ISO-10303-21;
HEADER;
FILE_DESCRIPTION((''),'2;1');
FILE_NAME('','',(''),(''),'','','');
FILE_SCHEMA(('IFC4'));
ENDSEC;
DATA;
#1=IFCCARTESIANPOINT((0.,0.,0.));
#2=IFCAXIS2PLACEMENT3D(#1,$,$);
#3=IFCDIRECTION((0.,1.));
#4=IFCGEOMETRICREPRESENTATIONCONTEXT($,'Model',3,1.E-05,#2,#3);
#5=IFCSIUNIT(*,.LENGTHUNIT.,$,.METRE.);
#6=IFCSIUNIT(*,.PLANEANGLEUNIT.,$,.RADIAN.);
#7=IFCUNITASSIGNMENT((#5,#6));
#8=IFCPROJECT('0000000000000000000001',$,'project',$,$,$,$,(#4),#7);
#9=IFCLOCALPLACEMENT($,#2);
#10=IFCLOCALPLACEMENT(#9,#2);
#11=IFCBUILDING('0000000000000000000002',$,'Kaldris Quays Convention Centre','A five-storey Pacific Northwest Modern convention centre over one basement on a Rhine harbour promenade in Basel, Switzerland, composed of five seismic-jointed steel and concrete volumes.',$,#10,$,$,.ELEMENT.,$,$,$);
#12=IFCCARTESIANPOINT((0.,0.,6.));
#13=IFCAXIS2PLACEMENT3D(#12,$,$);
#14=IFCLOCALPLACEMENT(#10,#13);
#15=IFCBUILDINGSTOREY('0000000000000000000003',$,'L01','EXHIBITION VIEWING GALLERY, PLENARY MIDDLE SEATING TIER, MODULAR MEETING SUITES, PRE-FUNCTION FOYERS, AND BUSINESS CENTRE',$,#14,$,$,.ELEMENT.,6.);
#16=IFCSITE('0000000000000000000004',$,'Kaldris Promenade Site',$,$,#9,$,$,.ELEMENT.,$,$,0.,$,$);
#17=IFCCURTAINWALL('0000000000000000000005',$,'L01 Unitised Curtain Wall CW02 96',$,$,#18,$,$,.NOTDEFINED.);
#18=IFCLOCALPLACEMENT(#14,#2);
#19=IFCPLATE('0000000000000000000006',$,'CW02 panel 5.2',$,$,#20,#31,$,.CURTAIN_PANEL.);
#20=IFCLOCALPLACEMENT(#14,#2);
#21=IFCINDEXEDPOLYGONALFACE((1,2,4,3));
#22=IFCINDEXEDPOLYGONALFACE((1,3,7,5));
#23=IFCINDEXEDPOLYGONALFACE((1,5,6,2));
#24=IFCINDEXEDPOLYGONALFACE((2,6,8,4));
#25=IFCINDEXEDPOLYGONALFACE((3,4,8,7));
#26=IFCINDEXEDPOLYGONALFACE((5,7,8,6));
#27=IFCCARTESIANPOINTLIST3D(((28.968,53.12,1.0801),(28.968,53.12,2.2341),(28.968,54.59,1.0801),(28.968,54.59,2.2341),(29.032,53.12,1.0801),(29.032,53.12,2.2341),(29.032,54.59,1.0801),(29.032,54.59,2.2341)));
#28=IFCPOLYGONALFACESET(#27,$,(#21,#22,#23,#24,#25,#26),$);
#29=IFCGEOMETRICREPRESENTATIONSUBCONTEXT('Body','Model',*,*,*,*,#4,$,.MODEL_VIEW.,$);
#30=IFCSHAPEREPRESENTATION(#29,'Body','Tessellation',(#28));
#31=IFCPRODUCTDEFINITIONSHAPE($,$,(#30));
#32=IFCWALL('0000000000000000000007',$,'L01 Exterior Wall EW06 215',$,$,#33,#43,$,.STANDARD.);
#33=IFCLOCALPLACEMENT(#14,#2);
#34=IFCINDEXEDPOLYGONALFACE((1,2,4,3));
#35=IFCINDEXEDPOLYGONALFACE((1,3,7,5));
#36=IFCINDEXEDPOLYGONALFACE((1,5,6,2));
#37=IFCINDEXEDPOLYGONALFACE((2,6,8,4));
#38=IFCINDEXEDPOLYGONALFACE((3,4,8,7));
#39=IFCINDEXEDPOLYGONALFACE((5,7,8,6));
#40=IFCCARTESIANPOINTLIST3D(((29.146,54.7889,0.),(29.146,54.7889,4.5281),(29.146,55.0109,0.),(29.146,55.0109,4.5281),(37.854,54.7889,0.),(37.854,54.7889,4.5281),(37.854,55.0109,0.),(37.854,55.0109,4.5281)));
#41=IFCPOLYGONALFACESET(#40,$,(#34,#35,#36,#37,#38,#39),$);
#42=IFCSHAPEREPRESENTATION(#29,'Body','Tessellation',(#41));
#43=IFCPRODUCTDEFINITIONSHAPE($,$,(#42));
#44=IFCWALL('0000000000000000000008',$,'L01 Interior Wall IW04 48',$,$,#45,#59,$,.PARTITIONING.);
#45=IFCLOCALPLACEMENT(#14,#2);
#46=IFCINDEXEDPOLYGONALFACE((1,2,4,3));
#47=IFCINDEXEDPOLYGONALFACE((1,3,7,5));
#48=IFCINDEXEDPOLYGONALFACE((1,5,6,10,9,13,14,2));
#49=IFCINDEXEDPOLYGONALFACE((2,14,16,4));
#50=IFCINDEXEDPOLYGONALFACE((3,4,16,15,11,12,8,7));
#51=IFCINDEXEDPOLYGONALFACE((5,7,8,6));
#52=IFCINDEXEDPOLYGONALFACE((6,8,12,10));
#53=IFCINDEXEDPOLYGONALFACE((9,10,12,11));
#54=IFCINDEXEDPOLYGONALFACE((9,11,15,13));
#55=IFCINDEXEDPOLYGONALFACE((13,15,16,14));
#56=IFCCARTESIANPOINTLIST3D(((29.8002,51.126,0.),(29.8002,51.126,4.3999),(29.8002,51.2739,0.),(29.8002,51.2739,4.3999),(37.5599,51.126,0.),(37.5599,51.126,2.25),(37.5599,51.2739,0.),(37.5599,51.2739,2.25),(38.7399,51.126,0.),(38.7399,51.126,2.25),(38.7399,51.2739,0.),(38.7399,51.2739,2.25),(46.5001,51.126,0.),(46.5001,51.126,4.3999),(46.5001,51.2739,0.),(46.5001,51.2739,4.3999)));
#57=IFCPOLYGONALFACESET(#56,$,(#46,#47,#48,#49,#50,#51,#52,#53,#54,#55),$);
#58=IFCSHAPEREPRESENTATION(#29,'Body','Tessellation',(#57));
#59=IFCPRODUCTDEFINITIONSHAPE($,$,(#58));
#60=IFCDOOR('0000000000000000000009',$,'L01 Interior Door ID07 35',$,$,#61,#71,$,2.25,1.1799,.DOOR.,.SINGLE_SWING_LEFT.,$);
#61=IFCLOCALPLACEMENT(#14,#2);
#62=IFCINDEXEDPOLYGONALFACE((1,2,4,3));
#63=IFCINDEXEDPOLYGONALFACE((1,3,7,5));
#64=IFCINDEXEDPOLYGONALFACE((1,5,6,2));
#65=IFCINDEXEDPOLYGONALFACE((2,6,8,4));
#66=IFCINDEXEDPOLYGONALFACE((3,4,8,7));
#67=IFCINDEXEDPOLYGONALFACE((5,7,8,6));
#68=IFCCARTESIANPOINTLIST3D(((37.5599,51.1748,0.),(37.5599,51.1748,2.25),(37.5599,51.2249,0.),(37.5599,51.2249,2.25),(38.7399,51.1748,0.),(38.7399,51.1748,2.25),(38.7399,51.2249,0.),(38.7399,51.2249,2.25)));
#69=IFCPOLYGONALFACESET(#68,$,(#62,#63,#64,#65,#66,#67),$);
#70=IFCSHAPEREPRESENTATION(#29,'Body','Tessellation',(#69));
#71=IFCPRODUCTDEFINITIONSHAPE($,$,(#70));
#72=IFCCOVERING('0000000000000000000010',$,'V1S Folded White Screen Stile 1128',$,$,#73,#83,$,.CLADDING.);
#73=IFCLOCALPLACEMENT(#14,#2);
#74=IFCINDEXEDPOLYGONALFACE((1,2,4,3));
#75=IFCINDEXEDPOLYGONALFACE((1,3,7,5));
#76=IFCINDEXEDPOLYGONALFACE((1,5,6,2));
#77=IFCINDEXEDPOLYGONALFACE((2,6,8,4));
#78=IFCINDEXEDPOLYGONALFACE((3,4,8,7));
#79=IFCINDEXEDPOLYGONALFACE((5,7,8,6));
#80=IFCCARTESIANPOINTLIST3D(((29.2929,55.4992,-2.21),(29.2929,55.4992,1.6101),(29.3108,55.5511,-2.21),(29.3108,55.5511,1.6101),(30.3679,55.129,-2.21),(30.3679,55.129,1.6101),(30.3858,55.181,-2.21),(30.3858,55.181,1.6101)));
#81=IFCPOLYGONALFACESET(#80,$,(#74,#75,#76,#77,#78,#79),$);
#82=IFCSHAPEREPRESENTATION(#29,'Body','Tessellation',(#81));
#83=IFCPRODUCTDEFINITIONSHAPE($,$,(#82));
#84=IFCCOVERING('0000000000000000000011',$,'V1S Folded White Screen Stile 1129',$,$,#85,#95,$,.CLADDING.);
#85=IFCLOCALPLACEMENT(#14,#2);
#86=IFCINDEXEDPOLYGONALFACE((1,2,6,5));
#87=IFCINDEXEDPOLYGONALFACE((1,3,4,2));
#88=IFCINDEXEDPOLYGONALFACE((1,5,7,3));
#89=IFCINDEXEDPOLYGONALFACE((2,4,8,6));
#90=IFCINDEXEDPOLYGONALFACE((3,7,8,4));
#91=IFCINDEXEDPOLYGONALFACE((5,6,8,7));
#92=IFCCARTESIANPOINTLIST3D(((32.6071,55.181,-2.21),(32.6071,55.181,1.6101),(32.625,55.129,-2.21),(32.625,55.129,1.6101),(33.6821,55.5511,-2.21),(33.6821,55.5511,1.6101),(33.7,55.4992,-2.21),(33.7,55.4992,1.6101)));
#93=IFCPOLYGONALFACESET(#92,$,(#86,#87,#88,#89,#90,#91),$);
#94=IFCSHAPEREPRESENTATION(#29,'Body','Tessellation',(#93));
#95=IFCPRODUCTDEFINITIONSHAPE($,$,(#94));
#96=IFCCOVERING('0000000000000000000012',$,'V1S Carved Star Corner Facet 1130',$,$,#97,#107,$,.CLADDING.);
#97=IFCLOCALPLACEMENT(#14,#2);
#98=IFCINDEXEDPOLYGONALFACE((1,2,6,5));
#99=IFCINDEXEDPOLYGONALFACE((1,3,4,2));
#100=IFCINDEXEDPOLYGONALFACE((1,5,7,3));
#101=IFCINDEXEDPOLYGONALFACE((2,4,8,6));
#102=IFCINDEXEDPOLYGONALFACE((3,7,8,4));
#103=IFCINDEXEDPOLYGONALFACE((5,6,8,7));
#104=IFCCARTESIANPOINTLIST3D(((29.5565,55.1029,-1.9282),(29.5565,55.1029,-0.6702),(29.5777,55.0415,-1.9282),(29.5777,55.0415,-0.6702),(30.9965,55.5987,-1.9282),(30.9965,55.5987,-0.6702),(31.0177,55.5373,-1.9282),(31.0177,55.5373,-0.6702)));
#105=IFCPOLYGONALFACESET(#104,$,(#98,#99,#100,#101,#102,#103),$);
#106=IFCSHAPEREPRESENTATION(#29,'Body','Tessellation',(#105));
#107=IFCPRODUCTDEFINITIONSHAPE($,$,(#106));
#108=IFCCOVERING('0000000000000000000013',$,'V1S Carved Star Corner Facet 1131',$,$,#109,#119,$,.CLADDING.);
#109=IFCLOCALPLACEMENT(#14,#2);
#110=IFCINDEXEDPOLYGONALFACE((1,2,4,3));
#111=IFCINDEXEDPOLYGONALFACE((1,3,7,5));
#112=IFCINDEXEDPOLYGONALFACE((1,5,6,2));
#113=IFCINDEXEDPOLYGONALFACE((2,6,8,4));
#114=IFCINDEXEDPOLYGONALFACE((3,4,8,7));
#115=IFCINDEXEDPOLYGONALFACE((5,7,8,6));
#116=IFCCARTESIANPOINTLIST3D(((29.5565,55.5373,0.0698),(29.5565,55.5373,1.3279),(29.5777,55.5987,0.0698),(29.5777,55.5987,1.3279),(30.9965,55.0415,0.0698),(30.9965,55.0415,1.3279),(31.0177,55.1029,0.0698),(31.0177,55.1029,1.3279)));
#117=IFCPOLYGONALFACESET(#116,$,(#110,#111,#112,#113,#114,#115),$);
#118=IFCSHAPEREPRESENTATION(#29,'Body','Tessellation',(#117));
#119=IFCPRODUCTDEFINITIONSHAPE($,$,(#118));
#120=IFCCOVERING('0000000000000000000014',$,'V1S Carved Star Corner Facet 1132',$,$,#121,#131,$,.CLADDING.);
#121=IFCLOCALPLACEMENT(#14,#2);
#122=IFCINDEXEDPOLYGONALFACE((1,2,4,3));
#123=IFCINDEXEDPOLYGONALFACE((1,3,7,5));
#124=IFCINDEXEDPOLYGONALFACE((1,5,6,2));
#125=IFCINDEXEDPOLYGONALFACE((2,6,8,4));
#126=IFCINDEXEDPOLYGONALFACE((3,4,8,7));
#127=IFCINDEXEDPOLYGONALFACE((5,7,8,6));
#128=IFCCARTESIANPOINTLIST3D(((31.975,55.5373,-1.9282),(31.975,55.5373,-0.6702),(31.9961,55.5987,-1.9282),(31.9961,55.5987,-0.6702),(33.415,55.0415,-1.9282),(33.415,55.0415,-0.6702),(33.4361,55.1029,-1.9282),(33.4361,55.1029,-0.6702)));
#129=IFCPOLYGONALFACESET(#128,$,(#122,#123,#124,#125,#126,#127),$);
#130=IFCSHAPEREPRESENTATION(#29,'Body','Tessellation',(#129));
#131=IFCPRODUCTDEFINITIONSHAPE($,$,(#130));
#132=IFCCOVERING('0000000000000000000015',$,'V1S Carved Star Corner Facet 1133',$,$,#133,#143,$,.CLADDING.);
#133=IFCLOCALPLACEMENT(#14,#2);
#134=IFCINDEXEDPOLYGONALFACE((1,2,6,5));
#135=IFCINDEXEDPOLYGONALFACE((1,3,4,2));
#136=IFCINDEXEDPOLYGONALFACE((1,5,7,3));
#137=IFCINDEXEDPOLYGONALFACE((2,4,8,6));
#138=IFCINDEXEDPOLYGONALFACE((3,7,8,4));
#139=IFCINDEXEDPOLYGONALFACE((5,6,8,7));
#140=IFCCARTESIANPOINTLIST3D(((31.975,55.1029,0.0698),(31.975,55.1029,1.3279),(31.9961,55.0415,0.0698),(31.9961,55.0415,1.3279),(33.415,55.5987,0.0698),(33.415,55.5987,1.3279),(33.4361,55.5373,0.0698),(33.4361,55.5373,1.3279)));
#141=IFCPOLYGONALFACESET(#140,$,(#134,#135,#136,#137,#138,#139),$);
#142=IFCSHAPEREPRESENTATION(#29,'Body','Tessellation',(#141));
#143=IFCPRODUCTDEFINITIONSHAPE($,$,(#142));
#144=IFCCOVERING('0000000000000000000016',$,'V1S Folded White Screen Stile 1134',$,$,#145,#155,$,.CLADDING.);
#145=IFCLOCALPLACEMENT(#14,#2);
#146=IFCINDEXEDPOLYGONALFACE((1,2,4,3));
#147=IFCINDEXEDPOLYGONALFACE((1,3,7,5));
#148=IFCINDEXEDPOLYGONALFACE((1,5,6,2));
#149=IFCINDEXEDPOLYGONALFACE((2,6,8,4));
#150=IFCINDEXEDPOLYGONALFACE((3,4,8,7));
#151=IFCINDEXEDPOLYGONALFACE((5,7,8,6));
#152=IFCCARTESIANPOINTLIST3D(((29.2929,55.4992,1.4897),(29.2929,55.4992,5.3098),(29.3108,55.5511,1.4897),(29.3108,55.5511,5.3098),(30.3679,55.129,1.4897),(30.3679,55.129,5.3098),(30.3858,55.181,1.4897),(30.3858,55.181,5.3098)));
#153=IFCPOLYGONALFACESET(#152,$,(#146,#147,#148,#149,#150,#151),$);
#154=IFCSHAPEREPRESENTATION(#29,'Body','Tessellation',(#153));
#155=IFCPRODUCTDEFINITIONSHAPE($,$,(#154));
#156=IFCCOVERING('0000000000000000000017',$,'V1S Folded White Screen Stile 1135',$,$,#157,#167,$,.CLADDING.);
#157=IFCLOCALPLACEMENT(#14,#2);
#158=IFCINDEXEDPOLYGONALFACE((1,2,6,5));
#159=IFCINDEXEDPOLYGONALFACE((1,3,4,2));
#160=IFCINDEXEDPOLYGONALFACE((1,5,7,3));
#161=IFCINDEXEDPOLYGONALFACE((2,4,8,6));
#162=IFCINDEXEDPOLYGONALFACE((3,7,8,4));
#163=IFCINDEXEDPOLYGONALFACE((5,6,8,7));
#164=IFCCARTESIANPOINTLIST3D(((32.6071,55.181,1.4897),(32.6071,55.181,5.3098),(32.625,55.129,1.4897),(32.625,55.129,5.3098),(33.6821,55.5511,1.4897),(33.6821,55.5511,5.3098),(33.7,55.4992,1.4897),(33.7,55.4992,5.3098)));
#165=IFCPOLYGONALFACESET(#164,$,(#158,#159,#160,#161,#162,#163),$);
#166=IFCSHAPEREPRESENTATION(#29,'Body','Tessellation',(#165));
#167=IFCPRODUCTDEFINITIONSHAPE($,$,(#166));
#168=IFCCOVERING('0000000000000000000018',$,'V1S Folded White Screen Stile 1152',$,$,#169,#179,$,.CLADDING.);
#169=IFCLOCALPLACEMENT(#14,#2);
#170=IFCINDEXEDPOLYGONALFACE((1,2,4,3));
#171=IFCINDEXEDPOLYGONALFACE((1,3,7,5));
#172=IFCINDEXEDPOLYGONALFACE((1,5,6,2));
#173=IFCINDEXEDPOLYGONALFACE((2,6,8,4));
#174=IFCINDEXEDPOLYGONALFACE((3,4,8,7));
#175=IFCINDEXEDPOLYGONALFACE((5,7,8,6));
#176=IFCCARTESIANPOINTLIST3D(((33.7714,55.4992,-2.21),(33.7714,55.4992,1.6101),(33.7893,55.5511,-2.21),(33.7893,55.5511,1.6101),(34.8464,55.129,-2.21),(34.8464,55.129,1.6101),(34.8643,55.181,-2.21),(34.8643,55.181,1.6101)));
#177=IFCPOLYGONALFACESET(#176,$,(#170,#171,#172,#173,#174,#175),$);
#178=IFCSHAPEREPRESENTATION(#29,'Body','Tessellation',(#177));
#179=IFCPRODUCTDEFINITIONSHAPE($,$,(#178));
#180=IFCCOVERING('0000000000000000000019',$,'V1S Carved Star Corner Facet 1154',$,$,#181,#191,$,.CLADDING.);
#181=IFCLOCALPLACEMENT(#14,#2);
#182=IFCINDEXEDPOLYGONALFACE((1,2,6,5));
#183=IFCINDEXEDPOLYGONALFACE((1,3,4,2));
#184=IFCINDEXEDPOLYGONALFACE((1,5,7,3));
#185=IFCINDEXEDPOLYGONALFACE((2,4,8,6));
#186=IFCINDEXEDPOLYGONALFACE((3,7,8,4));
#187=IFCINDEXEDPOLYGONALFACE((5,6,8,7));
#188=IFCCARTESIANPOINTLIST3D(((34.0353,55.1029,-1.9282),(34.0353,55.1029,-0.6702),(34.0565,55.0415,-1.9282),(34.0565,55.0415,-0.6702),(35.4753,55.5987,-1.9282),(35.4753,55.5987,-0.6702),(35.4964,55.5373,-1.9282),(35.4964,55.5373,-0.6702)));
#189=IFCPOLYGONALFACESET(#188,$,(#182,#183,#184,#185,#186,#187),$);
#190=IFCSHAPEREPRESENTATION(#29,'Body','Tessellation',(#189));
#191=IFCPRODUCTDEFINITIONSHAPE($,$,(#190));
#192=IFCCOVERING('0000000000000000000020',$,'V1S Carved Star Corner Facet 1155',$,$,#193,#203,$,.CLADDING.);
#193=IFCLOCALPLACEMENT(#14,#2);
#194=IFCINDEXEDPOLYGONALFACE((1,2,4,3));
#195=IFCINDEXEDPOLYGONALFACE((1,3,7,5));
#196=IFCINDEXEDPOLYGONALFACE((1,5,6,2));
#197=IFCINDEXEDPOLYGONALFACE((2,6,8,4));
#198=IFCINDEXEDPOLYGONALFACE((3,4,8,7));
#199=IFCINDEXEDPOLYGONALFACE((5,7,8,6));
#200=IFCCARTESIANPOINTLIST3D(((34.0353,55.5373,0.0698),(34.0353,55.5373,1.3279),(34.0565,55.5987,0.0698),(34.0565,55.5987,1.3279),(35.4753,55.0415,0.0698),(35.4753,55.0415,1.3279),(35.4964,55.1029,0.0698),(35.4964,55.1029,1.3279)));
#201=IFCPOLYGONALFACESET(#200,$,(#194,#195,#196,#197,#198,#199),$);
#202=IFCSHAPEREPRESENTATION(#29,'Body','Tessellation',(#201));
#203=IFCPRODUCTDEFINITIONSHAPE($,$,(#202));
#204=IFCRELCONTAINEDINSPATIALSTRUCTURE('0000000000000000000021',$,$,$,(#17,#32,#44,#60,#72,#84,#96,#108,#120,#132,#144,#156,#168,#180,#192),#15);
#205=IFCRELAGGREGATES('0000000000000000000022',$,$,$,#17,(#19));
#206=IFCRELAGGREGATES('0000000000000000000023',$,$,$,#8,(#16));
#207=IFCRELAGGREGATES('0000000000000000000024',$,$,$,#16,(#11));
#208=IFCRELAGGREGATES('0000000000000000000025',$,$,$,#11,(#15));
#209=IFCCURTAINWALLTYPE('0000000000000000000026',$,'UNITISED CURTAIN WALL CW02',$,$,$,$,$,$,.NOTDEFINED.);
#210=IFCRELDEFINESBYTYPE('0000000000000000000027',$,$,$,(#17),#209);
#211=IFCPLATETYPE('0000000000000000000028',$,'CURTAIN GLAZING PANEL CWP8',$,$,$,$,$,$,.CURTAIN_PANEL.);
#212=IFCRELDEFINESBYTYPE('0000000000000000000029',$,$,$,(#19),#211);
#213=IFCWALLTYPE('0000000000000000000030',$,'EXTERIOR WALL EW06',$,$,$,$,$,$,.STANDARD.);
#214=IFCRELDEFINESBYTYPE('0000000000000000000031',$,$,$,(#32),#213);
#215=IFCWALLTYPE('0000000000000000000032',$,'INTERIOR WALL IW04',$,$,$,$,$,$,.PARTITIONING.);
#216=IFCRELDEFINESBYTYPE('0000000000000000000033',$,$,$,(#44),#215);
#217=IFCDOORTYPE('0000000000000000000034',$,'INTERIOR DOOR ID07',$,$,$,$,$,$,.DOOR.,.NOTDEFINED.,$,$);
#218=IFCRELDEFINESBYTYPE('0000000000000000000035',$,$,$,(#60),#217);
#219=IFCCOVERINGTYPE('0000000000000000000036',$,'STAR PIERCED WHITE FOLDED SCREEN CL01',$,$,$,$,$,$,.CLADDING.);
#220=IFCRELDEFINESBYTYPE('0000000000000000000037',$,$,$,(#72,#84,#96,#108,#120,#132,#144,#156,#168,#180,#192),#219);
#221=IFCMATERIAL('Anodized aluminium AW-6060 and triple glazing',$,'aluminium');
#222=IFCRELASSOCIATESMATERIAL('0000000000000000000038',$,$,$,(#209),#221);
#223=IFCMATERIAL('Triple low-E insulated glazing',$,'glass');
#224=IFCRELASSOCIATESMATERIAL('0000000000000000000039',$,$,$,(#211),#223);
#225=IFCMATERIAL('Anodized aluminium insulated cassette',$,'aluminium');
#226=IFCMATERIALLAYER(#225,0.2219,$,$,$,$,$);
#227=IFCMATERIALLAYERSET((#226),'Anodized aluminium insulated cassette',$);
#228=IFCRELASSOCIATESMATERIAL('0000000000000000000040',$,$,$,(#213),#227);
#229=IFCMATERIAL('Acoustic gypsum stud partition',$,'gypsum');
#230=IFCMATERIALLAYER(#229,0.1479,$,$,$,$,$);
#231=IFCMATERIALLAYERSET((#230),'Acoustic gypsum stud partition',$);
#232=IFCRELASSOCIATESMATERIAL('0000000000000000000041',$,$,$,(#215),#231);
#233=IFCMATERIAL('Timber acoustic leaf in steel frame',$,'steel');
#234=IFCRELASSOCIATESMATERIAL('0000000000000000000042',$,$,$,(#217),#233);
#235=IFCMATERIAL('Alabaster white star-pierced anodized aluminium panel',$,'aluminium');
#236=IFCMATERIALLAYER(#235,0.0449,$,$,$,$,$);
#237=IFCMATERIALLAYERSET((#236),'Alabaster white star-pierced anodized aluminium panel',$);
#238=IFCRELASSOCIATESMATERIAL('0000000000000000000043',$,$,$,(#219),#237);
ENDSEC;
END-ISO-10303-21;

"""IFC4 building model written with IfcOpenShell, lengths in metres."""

from ifc_helpers import new_model, si_unit, direction, frame, frame_2d, origin, origin_2d, place, context, subcontext, project, spatial, rectangle, extrude, material, layer, layer_set, type_object, element, fill, aggregate, save


model = new_model("IFC4")

# Units and contexts
model_context = context("Model", 3, precision=1e-05, world=origin(), true_north=direction((0.0, 1.0)))
body_context = subcontext(model_context, "Body", "Model", "MODEL_VIEW")
ifc_project = project(units=[si_unit("LENGTHUNIT", "METRE"), si_unit("PLANEANGLEUNIT", "RADIAN")], contexts=[model_context])

# Site, building, storey
site_placement = place(None, origin())
site = spatial("IfcSite", under=ifc_project, at=site_placement, Name="Kaldris Promenade Site", CompositionType="ELEMENT", RefElevation=0.0)
building_placement = place(site_placement, origin())
building = spatial("IfcBuilding", under=site, at=building_placement, Name="Kaldris Quays Convention Centre", Description="A five-storey Pacific Northwest Modern convention centre over one basement on a Rhine harbour promenade in Basel, Switzerland, composed of five seismic-jointed steel and concrete volumes.", CompositionType="ELEMENT")
storey_placement = place(building_placement, frame((0.0, 0.0, 6.0)))
storey = spatial("IfcBuildingStorey", under=building, at=storey_placement, Name="L01", Description="EXHIBITION VIEWING GALLERY, PLENARY MIDDLE SEATING TIER, MODULAR MEETING SUITES, PRE-FUNCTION FOYERS, AND BUSINESS CENTRE", CompositionType="ELEMENT", Elevation=6.0)

# Curtain wall
ifc_material_1 = material(Name="Anodized aluminium AW-6060 and triple glazing", Category="aluminium")
curtain_wall_type = type_object("IfcCurtainWallType", Name="UNITISED CURTAIN WALL CW02", PredefinedType="NOTDEFINED", material=ifc_material_1)
curtain_wall_1_placement = place(storey_placement, origin())
curtain_wall_1 = element("IfcCurtainWall", 1, at=curtain_wall_1_placement, inside=storey, type_object=curtain_wall_type, Name="L01 Unitised Curtain Wall CW02 96", PredefinedType="NOTDEFINED")

# Shared definitions
ifc_material_2 = material(Name="Triple low-E insulated glazing", Category="glass")

# Plate
plate_type_1 = type_object("IfcPlateType", Name="CURTAIN GLAZING PANEL CWP8", PredefinedType="CURTAIN_PANEL", material=ifc_material_2)
plate_1_placement = place(storey_placement, frame((29.0, 53.855, 1.0801), z_axis=(0.0, 0.0, 1.0), x_axis=(0.0, 1.0, 0.0)))
plate_1 = element("IfcPlate", 2, at=plate_1_placement, type_object=plate_type_1, Name="CW02 panel 5.2", PredefinedType="CURTAIN_PANEL", context=body_context, shape_type="SweptSolid", body=[
    extrude(rectangle(XDim=1.47, YDim=0.064, at=origin_2d()), origin(), (0.0, 0.0, 1.0), 1.1541),
])
aggregate(curtain_wall_1, [plate_1])

# Wall
ifc_material_3 = material(Name="Anodized aluminium insulated cassette", Category="aluminium")
ifc_layer_1 = layer(ifc_material_3, 0.2219)
ifc_layer_set_1 = layer_set([ifc_layer_1], Name="Anodized aluminium insulated cassette")
wall_type_1 = type_object("IfcWallType", Name="EXTERIOR WALL EW06", PredefinedType="STANDARD", material=ifc_layer_set_1)
wall_1_placement = place(storey_placement, frame((29.146, 54.8999, 0.0), z_axis=(0.0, 0.0, 1.0), x_axis=(1.0, 0.0, 0.0)))
element("IfcWall", 3, at=wall_1_placement, inside=storey, type_object=wall_type_1, Name="L01 Exterior Wall EW06 215", PredefinedType="STANDARD", context=body_context, shape_type="SweptSolid", body=[
    extrude(rectangle(XDim=8.708, YDim=0.2219, at=frame_2d((4.354, 0.0))), origin(), (0.0, 0.0, 1.0), 4.5281),
])

# Wall, opening, door
ifc_material_4 = material(Name="Acoustic gypsum stud partition", Category="gypsum")
ifc_layer_2 = layer(ifc_material_4, 0.1479)
ifc_layer_set_2 = layer_set([ifc_layer_2], Name="Acoustic gypsum stud partition")
wall_type_2 = type_object("IfcWallType", Name="INTERIOR WALL IW04", PredefinedType="PARTITIONING", material=ifc_layer_set_2)
wall_2_placement = place(storey_placement, frame((29.8, 51.2, 0.0), z_axis=(0.0, 0.0, 1.0), x_axis=(1.0, 0.0, 0.0)))
wall_2 = element("IfcWall", 4, at=wall_2_placement, inside=storey, type_object=wall_type_2, Name="L01 Interior Wall IW04 48", PredefinedType="PARTITIONING", context=body_context, shape_type="SweptSolid", body=[
    extrude(rectangle(XDim=16.7, YDim=0.1479, at=frame_2d((8.3501, 0.0))), origin(), (0.0, 0.0, 1.0), 4.3999),
])
opening_placement = place(wall_2_placement, frame((7.76, 0.0, 0.0)))
opening = element("IfcOpeningElement", 5, at=opening_placement, cuts=wall_2, PredefinedType="OPENING", context=body_context, shape_type="SweptSolid", body=[
    extrude(rectangle(XDim=1.1799, YDim=2.25, at=frame_2d((0.5898, 1.125))), frame((0.0, 0.084, 0.0), z_axis=(0.0, -1.0, 0.0), x_axis=(1.0, 0.0, 0.0)), (0.0, 0.0, 1.0), 0.168),
])
ifc_material_5 = material(Name="Timber acoustic leaf in steel frame", Category="steel")
door_type = type_object("IfcDoorType", Name="INTERIOR DOOR ID07", OperationType="NOTDEFINED", PredefinedType="DOOR", material=ifc_material_5)
door_placement = place(opening_placement, origin())
door = element("IfcDoor", 6, at=door_placement, inside=storey, type_object=door_type, Name="L01 Interior Door ID07 35", OperationType="SINGLE_SWING_LEFT", OverallHeight=2.25, OverallWidth=1.1799, PredefinedType="DOOR", context=body_context, shape_type="SweptSolid", body=[
    extrude(rectangle(XDim=1.1799, YDim=2.25, at=frame_2d((0.5898, 1.125))), frame((0.0, 0.0249, 0.0), z_axis=(0.0, -1.0, 0.0), x_axis=(1.0, 0.0, 0.0)), (0.0, 0.0, 1.0), 0.05),
])
fill(opening, door)

# Coverings
ifc_material_6 = material(Name="Alabaster white star-pierced anodized aluminium panel", Category="aluminium")
ifc_layer_3 = layer(ifc_material_6, 0.0449)
ifc_layer_set_3 = layer_set([ifc_layer_3], Name="Alabaster white star-pierced anodized aluminium panel")
covering_type = type_object("IfcCoveringType", Name="STAR PIERCED WHITE FOLDED SCREEN CL01", PredefinedType="CLADDING", material=ifc_layer_set_3)
for number, where, z_axis, x_axis, name in (
    (7, (29.8394, 55.3401, -2.21), (0.0, 0.0, 1.0), (0.945519, -0.325568, 0.0), "V1S Folded White Screen Stile 1128"),
    (8, (33.1536, 55.3401, -2.21), (0.0, 0.0, 1.0), (0.945519, 0.325568, 0.0), "V1S Folded White Screen Stile 1129"),
):
    element("IfcCovering", number, at=place(storey_placement, frame(where, z_axis=z_axis, x_axis=x_axis)), inside=storey, type_object=covering_type, Name=name, PredefinedType="CLADDING", context=body_context, shape_type="SweptSolid", body=[
        extrude(rectangle(XDim=1.137, YDim=0.0549, at=origin_2d()), origin(), (0.0, 0.0, 1.0), 3.8201),
    ])
for number, where, z_axis, x_axis, name in (
    (9, (30.2871, 55.3201, -1.9282), (0.0, 0.0, 1.0), (0.945519, 0.325568, 0.0), "V1S Carved Star Corner Facet 1130"),
    (10, (30.2871, 55.3201, 0.0698), (0.0, 0.0, 1.0), (0.945519, -0.325568, 0.0), "V1S Carved Star Corner Facet 1131"),
    (11, (32.7056, 55.3201, -1.9282), (0.0, 0.0, 1.0), (0.945519, -0.325568, 0.0), "V1S Carved Star Corner Facet 1132"),
    (12, (32.7056, 55.3201, 0.0698), (0.0, 0.0, 1.0), (0.945519, 0.325568, 0.0), "V1S Carved Star Corner Facet 1133"),
):
    element("IfcCovering", number, at=place(storey_placement, frame(where, z_axis=z_axis, x_axis=x_axis)), inside=storey, type_object=covering_type, Name=name, PredefinedType="CLADDING", context=body_context, shape_type="SweptSolid", body=[
        extrude(rectangle(XDim=1.5229, YDim=0.0649, at=origin_2d()), origin(), (0.0, 0.0, 1.0), 1.2581),
    ])
for number, where, z_axis, x_axis, name in (
    (13, (29.8394, 55.3401, 1.4897), (0.0, 0.0, 1.0), (0.945519, -0.325568, 0.0), "V1S Folded White Screen Stile 1134"),
    (14, (33.1536, 55.3401, 1.4897), (0.0, 0.0, 1.0), (0.945519, 0.325568, 0.0), "V1S Folded White Screen Stile 1135"),
    (15, (34.3179, 55.3401, -2.21), (0.0, 0.0, 1.0), (0.945519, -0.325568, 0.0), "V1S Folded White Screen Stile 1152"),
):
    element("IfcCovering", number, at=place(storey_placement, frame(where, z_axis=z_axis, x_axis=x_axis)), inside=storey, type_object=covering_type, Name=name, PredefinedType="CLADDING", context=body_context, shape_type="SweptSolid", body=[
        extrude(rectangle(XDim=1.137, YDim=0.0549, at=origin_2d()), origin(), (0.0, 0.0, 1.0), 3.8201),
    ])
for number, where, z_axis, x_axis, name in (
    (16, (34.7659, 55.3201, -1.9282), (0.0, 0.0, 1.0), (0.945519, 0.325568, 0.0), "V1S Carved Star Corner Facet 1154"),
    (17, (34.7659, 55.3201, 0.0698), (0.0, 0.0, 1.0), (0.945519, -0.325568, 0.0), "V1S Carved Star Corner Facet 1155"),
):
    element("IfcCovering", number, at=place(storey_placement, frame(where, z_axis=z_axis, x_axis=x_axis)), inside=storey, type_object=covering_type, Name=name, PredefinedType="CLADDING", context=body_context, shape_type="SweptSolid", body=[
        extrude(rectangle(XDim=1.5229, YDim=0.0649, at=origin_2d()), origin(), (0.0, 0.0, 1.0), 1.2581),
    ])

save(model, "model.ifc")
